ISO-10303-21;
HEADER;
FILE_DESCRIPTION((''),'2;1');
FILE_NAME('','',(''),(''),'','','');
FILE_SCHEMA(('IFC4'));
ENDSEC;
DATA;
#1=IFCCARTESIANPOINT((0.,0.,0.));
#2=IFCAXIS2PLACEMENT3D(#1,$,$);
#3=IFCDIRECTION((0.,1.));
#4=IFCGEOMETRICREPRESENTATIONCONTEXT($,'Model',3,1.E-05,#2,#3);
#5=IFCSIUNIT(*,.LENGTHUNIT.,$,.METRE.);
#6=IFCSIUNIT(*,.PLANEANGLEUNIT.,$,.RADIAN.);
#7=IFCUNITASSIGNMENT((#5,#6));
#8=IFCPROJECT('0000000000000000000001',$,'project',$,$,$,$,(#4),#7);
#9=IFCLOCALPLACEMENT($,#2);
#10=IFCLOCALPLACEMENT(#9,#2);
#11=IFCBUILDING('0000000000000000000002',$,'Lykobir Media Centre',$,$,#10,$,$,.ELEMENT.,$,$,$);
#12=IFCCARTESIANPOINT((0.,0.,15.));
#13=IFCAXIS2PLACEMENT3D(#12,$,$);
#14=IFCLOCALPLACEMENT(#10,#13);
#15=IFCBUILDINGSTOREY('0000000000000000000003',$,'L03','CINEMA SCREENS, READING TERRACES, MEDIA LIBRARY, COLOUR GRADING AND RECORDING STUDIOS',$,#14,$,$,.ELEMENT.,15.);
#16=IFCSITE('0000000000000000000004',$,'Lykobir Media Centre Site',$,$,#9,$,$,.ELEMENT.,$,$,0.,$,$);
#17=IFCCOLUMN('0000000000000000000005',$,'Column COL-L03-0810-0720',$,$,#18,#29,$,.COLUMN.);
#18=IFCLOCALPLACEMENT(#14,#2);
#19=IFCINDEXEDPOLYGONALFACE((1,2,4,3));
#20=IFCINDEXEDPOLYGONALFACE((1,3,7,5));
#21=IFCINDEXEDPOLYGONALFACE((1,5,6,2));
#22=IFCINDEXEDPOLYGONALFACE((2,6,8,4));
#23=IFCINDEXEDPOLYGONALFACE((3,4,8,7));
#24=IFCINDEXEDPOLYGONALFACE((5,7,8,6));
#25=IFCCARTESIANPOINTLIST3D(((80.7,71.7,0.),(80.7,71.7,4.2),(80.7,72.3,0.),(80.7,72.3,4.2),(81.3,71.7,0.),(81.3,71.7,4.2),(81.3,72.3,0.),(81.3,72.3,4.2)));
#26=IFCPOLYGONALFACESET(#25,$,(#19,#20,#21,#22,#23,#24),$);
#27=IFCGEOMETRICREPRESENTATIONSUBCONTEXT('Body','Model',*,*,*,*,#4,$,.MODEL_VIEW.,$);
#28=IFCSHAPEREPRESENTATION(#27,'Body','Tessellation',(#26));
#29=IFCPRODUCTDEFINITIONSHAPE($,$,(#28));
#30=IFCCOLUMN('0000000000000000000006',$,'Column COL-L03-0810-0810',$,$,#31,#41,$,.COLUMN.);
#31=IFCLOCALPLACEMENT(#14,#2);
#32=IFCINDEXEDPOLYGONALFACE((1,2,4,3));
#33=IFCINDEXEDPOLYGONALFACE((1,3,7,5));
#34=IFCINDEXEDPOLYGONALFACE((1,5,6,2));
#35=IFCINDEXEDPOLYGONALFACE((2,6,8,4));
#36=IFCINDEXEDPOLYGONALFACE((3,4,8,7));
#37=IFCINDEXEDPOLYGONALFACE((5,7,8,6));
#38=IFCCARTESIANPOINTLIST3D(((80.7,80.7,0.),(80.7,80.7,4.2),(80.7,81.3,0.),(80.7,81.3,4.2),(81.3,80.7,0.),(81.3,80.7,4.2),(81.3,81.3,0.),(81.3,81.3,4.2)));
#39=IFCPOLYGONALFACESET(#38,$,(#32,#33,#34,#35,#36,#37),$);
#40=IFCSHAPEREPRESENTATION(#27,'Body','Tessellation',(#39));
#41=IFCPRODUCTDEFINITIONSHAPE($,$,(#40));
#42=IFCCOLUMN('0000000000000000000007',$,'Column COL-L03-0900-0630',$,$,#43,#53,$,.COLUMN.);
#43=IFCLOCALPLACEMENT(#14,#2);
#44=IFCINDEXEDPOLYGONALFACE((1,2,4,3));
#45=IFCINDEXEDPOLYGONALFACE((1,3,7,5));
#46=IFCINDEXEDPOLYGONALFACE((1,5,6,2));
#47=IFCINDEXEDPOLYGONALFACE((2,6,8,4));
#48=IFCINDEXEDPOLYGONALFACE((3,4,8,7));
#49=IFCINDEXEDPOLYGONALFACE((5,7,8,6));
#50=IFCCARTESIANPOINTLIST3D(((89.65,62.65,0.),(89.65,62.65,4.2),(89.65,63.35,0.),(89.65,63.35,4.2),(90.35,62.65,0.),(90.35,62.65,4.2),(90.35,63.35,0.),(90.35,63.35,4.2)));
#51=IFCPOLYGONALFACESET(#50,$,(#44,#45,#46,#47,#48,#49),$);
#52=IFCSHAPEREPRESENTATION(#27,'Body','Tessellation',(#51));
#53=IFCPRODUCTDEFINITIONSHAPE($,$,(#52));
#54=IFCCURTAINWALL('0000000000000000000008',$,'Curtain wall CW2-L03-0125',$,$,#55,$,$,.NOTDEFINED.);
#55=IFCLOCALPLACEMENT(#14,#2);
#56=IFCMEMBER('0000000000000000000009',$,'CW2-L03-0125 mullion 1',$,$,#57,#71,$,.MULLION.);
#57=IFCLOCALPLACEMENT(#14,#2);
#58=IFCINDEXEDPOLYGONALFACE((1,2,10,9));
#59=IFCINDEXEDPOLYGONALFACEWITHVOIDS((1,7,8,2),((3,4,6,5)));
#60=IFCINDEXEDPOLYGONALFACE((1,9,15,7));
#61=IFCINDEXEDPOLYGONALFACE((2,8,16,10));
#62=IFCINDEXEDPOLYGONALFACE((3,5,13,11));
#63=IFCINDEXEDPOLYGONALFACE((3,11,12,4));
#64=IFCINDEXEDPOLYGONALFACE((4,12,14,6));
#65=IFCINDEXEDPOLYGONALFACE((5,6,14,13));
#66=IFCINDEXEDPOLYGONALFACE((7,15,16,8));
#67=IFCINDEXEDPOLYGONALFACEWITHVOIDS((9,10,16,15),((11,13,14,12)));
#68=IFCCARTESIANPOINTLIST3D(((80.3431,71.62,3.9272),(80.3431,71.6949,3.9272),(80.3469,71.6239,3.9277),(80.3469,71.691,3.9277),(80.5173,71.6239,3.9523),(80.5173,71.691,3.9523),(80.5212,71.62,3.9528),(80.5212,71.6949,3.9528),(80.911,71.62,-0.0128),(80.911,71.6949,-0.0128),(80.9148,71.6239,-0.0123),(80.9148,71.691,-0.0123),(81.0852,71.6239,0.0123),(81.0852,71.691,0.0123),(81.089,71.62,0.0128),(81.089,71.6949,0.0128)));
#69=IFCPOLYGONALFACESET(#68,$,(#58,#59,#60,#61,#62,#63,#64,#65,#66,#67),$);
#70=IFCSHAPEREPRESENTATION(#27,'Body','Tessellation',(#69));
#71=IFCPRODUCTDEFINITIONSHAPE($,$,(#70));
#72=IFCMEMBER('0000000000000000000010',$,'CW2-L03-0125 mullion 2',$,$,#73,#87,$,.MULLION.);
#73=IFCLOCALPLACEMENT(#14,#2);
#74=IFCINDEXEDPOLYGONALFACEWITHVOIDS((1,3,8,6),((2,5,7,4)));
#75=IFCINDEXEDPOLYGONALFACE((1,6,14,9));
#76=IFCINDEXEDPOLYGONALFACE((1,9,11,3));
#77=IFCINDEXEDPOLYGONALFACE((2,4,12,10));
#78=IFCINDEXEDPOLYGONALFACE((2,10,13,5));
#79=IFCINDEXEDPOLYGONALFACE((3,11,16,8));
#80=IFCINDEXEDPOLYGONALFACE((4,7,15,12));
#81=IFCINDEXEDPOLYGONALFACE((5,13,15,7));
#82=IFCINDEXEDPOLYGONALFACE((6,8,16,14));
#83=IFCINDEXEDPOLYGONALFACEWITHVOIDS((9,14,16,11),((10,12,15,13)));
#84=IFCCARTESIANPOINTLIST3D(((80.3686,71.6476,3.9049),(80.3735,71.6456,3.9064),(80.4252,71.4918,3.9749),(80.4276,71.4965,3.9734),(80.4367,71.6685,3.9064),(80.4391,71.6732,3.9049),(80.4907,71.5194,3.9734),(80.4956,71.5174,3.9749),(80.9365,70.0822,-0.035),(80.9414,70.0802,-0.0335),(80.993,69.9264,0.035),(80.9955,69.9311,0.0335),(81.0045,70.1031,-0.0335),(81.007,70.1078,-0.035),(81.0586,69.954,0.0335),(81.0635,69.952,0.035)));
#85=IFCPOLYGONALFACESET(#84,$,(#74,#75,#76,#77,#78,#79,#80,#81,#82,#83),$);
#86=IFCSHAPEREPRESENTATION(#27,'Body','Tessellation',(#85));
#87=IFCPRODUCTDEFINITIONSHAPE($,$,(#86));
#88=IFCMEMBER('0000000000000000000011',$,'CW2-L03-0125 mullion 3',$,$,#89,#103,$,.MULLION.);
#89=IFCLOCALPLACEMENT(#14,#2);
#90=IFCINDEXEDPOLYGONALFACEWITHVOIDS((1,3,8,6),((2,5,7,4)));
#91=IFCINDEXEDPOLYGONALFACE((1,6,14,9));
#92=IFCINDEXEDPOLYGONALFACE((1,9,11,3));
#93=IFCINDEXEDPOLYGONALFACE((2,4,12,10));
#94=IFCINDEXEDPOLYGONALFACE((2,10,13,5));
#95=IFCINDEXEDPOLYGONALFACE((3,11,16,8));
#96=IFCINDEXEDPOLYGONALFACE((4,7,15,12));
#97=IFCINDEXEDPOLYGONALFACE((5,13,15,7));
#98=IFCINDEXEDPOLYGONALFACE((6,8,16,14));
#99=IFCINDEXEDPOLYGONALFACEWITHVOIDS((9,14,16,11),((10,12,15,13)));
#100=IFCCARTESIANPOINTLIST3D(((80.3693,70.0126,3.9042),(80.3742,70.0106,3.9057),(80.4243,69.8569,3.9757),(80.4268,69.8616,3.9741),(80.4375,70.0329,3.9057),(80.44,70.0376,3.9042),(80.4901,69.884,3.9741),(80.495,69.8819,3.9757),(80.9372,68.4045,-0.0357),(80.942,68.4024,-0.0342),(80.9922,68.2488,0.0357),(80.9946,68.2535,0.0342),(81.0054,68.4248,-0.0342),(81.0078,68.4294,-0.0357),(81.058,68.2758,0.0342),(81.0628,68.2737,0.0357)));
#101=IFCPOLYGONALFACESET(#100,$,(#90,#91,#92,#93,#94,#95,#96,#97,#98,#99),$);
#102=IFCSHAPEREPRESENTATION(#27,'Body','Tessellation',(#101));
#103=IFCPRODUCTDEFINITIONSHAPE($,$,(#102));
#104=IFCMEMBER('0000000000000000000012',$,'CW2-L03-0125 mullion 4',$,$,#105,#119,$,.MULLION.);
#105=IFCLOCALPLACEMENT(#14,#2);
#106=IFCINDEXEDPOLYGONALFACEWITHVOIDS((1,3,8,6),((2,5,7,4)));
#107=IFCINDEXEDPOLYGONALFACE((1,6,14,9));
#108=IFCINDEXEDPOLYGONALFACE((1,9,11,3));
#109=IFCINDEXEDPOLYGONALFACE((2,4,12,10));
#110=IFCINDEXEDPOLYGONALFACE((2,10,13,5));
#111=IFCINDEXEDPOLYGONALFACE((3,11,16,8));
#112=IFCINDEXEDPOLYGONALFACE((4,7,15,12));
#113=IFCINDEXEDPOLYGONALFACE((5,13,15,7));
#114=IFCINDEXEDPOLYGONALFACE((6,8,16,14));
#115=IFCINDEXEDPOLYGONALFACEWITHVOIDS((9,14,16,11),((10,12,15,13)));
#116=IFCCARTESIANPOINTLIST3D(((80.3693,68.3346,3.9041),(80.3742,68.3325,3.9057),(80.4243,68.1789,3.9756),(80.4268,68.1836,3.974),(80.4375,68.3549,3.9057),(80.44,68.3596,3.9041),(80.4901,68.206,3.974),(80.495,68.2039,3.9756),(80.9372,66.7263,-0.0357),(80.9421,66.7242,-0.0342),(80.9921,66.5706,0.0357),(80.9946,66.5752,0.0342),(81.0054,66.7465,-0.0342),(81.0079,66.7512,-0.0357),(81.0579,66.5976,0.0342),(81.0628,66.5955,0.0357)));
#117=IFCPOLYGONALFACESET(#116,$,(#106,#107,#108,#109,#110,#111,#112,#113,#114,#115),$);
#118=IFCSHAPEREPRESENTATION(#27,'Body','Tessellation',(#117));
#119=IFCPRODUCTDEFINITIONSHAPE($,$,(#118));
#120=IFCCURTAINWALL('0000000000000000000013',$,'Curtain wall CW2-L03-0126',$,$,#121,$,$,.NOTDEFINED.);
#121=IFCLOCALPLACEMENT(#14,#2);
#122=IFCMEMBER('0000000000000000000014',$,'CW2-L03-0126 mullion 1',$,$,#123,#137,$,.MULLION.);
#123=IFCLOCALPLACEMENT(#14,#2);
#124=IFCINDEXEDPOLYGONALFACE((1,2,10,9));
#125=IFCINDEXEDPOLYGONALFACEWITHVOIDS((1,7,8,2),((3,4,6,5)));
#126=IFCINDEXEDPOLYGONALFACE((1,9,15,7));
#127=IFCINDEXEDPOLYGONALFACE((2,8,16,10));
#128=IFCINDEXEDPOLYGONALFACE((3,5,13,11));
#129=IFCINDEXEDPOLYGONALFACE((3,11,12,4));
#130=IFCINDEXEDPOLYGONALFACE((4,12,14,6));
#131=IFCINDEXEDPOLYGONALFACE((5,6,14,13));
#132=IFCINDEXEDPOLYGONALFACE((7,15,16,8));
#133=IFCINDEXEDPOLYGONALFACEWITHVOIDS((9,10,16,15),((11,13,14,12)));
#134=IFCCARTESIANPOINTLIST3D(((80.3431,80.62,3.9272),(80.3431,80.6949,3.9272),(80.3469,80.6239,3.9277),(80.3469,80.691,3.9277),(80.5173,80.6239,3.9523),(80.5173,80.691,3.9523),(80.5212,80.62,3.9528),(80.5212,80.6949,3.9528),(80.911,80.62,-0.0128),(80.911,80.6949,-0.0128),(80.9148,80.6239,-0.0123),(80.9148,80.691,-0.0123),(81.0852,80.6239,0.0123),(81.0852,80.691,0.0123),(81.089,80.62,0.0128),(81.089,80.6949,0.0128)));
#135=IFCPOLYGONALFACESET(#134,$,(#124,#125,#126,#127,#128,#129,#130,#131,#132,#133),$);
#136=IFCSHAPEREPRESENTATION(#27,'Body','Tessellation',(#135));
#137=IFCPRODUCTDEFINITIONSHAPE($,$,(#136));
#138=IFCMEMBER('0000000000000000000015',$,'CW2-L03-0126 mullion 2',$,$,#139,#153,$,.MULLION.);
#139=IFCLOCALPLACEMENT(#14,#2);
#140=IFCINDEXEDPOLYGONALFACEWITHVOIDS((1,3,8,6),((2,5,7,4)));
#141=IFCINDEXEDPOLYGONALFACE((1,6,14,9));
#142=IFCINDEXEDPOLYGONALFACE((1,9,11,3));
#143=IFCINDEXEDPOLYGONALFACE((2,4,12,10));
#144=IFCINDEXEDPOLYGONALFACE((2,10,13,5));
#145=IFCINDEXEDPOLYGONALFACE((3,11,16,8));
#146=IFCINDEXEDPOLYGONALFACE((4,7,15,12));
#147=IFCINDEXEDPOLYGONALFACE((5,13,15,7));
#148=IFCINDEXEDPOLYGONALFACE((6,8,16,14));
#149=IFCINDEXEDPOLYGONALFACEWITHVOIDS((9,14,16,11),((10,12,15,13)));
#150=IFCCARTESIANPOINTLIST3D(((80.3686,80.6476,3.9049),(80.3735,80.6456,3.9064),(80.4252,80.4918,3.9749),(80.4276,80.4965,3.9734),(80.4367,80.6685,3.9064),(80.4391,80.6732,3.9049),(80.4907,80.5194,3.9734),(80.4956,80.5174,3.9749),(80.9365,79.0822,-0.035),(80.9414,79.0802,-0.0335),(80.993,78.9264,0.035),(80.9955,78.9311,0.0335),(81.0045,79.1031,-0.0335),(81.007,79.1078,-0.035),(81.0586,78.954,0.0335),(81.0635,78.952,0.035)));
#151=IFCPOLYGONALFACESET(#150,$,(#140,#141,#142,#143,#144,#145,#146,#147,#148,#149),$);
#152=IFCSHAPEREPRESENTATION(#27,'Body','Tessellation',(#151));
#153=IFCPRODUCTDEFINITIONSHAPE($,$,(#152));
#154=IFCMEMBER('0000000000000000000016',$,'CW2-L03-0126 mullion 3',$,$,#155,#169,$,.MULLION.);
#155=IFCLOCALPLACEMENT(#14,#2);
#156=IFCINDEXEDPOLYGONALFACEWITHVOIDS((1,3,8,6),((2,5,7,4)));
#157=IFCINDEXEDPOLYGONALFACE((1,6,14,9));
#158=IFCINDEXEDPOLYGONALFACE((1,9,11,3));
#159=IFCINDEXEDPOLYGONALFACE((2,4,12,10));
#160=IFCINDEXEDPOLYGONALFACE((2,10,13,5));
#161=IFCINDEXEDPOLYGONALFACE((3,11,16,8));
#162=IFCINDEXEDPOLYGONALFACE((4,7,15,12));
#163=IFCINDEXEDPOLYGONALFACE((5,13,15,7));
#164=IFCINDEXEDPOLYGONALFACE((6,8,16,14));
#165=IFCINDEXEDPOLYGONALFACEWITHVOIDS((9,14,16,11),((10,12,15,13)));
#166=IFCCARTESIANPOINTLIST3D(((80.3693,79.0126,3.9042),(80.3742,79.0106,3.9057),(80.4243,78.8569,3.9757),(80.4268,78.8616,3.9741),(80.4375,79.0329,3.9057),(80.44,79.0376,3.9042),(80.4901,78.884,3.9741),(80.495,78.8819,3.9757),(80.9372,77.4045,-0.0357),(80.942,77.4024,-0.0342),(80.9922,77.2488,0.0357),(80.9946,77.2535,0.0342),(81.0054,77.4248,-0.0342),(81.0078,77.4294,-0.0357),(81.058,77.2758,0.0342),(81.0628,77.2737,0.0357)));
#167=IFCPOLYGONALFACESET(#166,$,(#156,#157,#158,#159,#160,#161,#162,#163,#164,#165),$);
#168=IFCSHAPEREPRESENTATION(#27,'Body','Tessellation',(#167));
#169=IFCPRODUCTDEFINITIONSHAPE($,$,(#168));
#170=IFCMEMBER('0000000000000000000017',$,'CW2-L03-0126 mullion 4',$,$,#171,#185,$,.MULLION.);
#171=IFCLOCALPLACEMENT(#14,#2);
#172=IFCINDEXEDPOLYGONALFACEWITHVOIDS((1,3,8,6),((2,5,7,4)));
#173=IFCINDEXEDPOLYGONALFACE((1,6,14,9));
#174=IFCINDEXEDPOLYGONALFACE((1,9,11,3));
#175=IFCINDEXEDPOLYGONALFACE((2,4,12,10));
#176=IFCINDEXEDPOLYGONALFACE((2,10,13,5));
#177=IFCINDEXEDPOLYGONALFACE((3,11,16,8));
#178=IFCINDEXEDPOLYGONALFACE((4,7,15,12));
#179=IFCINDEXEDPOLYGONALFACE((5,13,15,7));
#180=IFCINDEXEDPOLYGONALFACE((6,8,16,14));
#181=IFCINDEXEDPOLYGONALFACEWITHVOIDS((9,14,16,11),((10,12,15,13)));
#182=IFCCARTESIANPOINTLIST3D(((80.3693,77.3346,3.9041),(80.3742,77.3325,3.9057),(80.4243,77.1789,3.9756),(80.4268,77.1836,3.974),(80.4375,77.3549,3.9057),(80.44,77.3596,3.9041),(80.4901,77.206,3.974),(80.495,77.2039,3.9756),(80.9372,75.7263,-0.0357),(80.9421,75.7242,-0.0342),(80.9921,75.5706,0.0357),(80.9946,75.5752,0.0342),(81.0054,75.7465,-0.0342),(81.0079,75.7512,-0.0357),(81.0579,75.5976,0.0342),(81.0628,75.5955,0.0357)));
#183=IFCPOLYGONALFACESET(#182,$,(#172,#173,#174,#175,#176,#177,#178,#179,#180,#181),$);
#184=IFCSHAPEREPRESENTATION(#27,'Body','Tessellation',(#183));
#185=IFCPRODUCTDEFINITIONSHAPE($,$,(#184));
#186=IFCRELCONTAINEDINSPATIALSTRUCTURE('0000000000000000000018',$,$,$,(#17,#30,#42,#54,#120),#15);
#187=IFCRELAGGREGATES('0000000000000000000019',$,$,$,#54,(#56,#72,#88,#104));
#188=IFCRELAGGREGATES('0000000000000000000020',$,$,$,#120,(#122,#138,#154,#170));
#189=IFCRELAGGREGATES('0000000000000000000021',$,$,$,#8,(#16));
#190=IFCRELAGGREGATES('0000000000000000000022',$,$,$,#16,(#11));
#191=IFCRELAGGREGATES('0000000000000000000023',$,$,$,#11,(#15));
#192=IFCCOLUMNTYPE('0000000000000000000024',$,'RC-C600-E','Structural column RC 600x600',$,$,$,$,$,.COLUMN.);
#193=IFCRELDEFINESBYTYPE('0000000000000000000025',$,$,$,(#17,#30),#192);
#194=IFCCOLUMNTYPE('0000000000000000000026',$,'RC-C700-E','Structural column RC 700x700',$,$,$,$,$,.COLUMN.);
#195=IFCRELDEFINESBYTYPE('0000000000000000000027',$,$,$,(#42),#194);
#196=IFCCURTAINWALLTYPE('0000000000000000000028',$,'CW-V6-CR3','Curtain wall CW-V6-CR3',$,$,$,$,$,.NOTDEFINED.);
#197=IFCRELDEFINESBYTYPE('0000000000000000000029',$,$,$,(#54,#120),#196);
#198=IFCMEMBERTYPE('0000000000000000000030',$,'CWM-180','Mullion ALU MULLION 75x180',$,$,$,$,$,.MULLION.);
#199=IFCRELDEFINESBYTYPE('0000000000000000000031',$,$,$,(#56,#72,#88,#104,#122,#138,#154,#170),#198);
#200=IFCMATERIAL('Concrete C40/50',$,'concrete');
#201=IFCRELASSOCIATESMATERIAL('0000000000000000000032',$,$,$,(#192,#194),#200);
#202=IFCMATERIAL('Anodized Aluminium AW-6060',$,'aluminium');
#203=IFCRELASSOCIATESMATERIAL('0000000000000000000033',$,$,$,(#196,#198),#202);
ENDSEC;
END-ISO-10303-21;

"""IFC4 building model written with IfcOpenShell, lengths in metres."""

from ifc_helpers import new_model, si_unit, direction, frame, origin, origin_2d, place, context, subcontext, project, spatial, rectangle, hollow_rectangle, extrude, material, material_profile, profile_set, type_object, element, aggregate, save


model = new_model("IFC4")

# Units and contexts
model_context = context("Model", 3, precision=1e-05, world=origin(), true_north=direction((0.0, 1.0)))
body_context = subcontext(model_context, "Body", "Model", "MODEL_VIEW")
ifc_project = project(units=[si_unit("LENGTHUNIT", "METRE"), si_unit("PLANEANGLEUNIT", "RADIAN")], contexts=[model_context])

# Site, building, storey
site_placement = place(None, origin())
site = spatial("IfcSite", under=ifc_project, at=site_placement, Name="Lykobir Media Centre Site", CompositionType="ELEMENT", RefElevation=0.0)
building_placement = place(site_placement, origin())
building = spatial("IfcBuilding", under=site, at=building_placement, Name="Lykobir Media Centre", CompositionType="ELEMENT")
storey_placement = place(building_placement, frame((0.0, 0.0, 15.0)))
storey = spatial("IfcBuildingStorey", under=building, at=storey_placement, Name="L03", Description="CINEMA SCREENS, READING TERRACES, MEDIA LIBRARY, COLOUR GRADING AND RECORDING STUDIOS", CompositionType="ELEMENT", Elevation=15.0)

# Columns
ifc_material_1 = material(Name="Concrete C40/50", Category="concrete")
ifc_material_profile_1 = material_profile(ifc_material_1, rectangle(XDim=0.6001, YDim=0.6001, at=origin_2d()), Name="RC 600x600")
ifc_profile_set_1 = profile_set([ifc_material_profile_1], Name="Concrete C40/50")
column_type_1 = type_object("IfcColumnType", Name="RC-C600-E", Description="Structural column RC 600x600", PredefinedType="COLUMN", material=ifc_profile_set_1)
for number, where, z_axis, x_axis, name in (
    (1, (81.0, 72.0, 0.0), (0.0, 0.0, 1.0), (1.0, 0.0, 0.0), "Column COL-L03-0810-0720"),
    (2, (81.0, 81.0, 0.0), (0.0, 0.0, 1.0), (1.0, 0.0, 0.0), "Column COL-L03-0810-0810"),
):
    element("IfcColumn", number, at=place(storey_placement, frame(where, z_axis=z_axis, x_axis=x_axis)), inside=storey, type_object=column_type_1, Name=name, PredefinedType="COLUMN", context=body_context, shape_type="SweptSolid", body=[
        extrude(rectangle(XDim=0.6001, YDim=0.6001, at=origin_2d()), origin(), (0.0, 0.0, 1.0), 4.2),
    ])
ifc_material_profile_2 = material_profile(ifc_material_1, rectangle(XDim=0.7, YDim=0.7, at=origin_2d()), Name="RC 700x700")
ifc_profile_set_2 = profile_set([ifc_material_profile_2], Name="Concrete C40/50")
column_type_2 = type_object("IfcColumnType", Name="RC-C700-E", Description="Structural column RC 700x700", PredefinedType="COLUMN", material=ifc_profile_set_2)
column_placement = place(storey_placement, frame((90.0, 63.0, 0.0), z_axis=(0.0, 0.0, 1.0), x_axis=(1.0, 0.0, 0.0)))
element("IfcColumn", 3, at=column_placement, inside=storey, type_object=column_type_2, Name="Column COL-L03-0900-0630", PredefinedType="COLUMN", context=body_context, shape_type="SweptSolid", body=[
    extrude(rectangle(XDim=0.7, YDim=0.7, at=origin_2d()), origin(), (0.0, 0.0, 1.0), 4.2),
])

# Curtain walls, members
ifc_material_2 = material(Name="Anodized Aluminium AW-6060", Category="aluminium")
curtain_wall_type = type_object("IfcCurtainWallType", Name="CW-V6-CR3", Description="Curtain wall CW-V6-CR3", PredefinedType="NOTDEFINED", material=ifc_material_2)
curtain_wall_1_placement = place(storey_placement, origin())
curtain_wall_1 = element("IfcCurtainWall", 4, at=curtain_wall_1_placement, inside=storey, type_object=curtain_wall_type, Name="Curtain wall CW2-L03-0125", PredefinedType="NOTDEFINED")
ifc_material_profile_3 = material_profile(ifc_material_2, hollow_rectangle(XDim=0.075, YDim=0.1799, WallThickness=0.0039, at=origin_2d()), Name="ALU MULLION 75x180")
ifc_profile_set_3 = profile_set([ifc_material_profile_3], Name="Anodized Aluminium AW-6060")
member_type = type_object("IfcMemberType", Name="CWM-180", Description="Mullion ALU MULLION 75x180", PredefinedType="MULLION", material=ifc_profile_set_3)
member_1_placement = place(storey_placement, frame((81.0, 71.6575, 0.0), z_axis=(-0.142658, 0.0, 0.989772), x_axis=(0.0, -1.0, 0.0)))
member_1 = element("IfcMember", 5, at=member_1_placement, type_object=member_type, Name="CW2-L03-0125 mullion 1", PredefinedType="MULLION", context=body_context, shape_type="SweptSolid", body=[
    extrude(hollow_rectangle(XDim=0.075, YDim=0.1799, WallThickness=0.0039, at=origin_2d()), origin(), (0.0, 0.0, 1.0), 3.9807),
])
member_2_placement = place(storey_placement, frame((81.0, 70.0171, 0.0), z_axis=(-0.132761, 0.365977, 0.921106), x_axis=(-0.940059, -0.341013, 0.0)))
member_2 = element("IfcMember", 6, at=member_2_placement, type_object=member_type, Name="CW2-L03-0125 mullion 2", PredefinedType="MULLION", context=body_context, shape_type="SweptSolid", body=[
    extrude(hollow_rectangle(XDim=0.075, YDim=0.1799, WallThickness=0.0039, at=origin_2d()), origin(), (0.0, 0.0, 1.0), 4.2773),
])
member_3_placement = place(storey_placement, frame((81.0, 68.3391, 0.0), z_axis=(-0.132271, 0.37458, 0.917711), x_axis=(-0.942937, -0.33297, 0.0)))
member_3 = element("IfcMember", 7, at=member_3_placement, type_object=member_type, Name="CW2-L03-0125 mullion 3", PredefinedType="MULLION", context=body_context, shape_type="SweptSolid", body=[
    extrude(hollow_rectangle(XDim=0.075, YDim=0.1799, WallThickness=0.0039, at=origin_2d()), origin(), (0.0, 0.0, 1.0), 4.2932),
])
member_4_placement = place(storey_placement, frame((81.0, 66.6609, 0.0), z_axis=(-0.132269, 0.374628, 0.917692), x_axis=(-0.942953, -0.332925, 0.0)))
member_4 = element("IfcMember", 8, at=member_4_placement, type_object=member_type, Name="CW2-L03-0125 mullion 4", PredefinedType="MULLION", context=body_context, shape_type="SweptSolid", body=[
    extrude(hollow_rectangle(XDim=0.075, YDim=0.1799, WallThickness=0.0039, at=origin_2d()), origin(), (0.0, 0.0, 1.0), 4.2932),
])
aggregate(curtain_wall_1, [member_1, member_2, member_3, member_4])
curtain_wall_2_placement = place(storey_placement, origin())
curtain_wall_2 = element("IfcCurtainWall", 9, at=curtain_wall_2_placement, inside=storey, type_object=curtain_wall_type, Name="Curtain wall CW2-L03-0126", PredefinedType="NOTDEFINED")
member_5_placement = place(storey_placement, frame((81.0, 80.6575, 0.0), z_axis=(-0.142658, 0.0, 0.989772), x_axis=(0.0, -1.0, 0.0)))
member_5 = element("IfcMember", 10, at=member_5_placement, type_object=member_type, Name="CW2-L03-0126 mullion 1", PredefinedType="MULLION", context=body_context, shape_type="SweptSolid", body=[
    extrude(hollow_rectangle(XDim=0.075, YDim=0.1799, WallThickness=0.0039, at=origin_2d()), origin(), (0.0, 0.0, 1.0), 3.9807),
])
member_6_placement = place(storey_placement, frame((81.0, 79.0171, 0.0), z_axis=(-0.132761, 0.365977, 0.921106), x_axis=(-0.940059, -0.341013, 0.0)))
member_6 = element("IfcMember", 11, at=member_6_placement, type_object=member_type, Name="CW2-L03-0126 mullion 2", PredefinedType="MULLION", context=body_context, shape_type="SweptSolid", body=[
    extrude(hollow_rectangle(XDim=0.075, YDim=0.1799, WallThickness=0.0039, at=origin_2d()), origin(), (0.0, 0.0, 1.0), 4.2773),
])
member_7_placement = place(storey_placement, frame((81.0, 77.3391, 0.0), z_axis=(-0.132271, 0.37458, 0.917711), x_axis=(-0.942937, -0.33297, 0.0)))
member_7 = element("IfcMember", 12, at=member_7_placement, type_object=member_type, Name="CW2-L03-0126 mullion 3", PredefinedType="MULLION", context=body_context, shape_type="SweptSolid", body=[
    extrude(hollow_rectangle(XDim=0.075, YDim=0.1799, WallThickness=0.0039, at=origin_2d()), origin(), (0.0, 0.0, 1.0), 4.2932),
])
member_8_placement = place(storey_placement, frame((81.0, 75.6609, 0.0), z_axis=(-0.132269, 0.374628, 0.917692), x_axis=(-0.942953, -0.332925, 0.0)))
member_8 = element("IfcMember", 13, at=member_8_placement, type_object=member_type, Name="CW2-L03-0126 mullion 4", PredefinedType="MULLION", context=body_context, shape_type="SweptSolid", body=[
    extrude(hollow_rectangle(XDim=0.075, YDim=0.1799, WallThickness=0.0039, at=origin_2d()), origin(), (0.0, 0.0, 1.0), 4.2932),
])
aggregate(curtain_wall_2, [member_5, member_6, member_7, member_8])

save(model, "model.ifc")
